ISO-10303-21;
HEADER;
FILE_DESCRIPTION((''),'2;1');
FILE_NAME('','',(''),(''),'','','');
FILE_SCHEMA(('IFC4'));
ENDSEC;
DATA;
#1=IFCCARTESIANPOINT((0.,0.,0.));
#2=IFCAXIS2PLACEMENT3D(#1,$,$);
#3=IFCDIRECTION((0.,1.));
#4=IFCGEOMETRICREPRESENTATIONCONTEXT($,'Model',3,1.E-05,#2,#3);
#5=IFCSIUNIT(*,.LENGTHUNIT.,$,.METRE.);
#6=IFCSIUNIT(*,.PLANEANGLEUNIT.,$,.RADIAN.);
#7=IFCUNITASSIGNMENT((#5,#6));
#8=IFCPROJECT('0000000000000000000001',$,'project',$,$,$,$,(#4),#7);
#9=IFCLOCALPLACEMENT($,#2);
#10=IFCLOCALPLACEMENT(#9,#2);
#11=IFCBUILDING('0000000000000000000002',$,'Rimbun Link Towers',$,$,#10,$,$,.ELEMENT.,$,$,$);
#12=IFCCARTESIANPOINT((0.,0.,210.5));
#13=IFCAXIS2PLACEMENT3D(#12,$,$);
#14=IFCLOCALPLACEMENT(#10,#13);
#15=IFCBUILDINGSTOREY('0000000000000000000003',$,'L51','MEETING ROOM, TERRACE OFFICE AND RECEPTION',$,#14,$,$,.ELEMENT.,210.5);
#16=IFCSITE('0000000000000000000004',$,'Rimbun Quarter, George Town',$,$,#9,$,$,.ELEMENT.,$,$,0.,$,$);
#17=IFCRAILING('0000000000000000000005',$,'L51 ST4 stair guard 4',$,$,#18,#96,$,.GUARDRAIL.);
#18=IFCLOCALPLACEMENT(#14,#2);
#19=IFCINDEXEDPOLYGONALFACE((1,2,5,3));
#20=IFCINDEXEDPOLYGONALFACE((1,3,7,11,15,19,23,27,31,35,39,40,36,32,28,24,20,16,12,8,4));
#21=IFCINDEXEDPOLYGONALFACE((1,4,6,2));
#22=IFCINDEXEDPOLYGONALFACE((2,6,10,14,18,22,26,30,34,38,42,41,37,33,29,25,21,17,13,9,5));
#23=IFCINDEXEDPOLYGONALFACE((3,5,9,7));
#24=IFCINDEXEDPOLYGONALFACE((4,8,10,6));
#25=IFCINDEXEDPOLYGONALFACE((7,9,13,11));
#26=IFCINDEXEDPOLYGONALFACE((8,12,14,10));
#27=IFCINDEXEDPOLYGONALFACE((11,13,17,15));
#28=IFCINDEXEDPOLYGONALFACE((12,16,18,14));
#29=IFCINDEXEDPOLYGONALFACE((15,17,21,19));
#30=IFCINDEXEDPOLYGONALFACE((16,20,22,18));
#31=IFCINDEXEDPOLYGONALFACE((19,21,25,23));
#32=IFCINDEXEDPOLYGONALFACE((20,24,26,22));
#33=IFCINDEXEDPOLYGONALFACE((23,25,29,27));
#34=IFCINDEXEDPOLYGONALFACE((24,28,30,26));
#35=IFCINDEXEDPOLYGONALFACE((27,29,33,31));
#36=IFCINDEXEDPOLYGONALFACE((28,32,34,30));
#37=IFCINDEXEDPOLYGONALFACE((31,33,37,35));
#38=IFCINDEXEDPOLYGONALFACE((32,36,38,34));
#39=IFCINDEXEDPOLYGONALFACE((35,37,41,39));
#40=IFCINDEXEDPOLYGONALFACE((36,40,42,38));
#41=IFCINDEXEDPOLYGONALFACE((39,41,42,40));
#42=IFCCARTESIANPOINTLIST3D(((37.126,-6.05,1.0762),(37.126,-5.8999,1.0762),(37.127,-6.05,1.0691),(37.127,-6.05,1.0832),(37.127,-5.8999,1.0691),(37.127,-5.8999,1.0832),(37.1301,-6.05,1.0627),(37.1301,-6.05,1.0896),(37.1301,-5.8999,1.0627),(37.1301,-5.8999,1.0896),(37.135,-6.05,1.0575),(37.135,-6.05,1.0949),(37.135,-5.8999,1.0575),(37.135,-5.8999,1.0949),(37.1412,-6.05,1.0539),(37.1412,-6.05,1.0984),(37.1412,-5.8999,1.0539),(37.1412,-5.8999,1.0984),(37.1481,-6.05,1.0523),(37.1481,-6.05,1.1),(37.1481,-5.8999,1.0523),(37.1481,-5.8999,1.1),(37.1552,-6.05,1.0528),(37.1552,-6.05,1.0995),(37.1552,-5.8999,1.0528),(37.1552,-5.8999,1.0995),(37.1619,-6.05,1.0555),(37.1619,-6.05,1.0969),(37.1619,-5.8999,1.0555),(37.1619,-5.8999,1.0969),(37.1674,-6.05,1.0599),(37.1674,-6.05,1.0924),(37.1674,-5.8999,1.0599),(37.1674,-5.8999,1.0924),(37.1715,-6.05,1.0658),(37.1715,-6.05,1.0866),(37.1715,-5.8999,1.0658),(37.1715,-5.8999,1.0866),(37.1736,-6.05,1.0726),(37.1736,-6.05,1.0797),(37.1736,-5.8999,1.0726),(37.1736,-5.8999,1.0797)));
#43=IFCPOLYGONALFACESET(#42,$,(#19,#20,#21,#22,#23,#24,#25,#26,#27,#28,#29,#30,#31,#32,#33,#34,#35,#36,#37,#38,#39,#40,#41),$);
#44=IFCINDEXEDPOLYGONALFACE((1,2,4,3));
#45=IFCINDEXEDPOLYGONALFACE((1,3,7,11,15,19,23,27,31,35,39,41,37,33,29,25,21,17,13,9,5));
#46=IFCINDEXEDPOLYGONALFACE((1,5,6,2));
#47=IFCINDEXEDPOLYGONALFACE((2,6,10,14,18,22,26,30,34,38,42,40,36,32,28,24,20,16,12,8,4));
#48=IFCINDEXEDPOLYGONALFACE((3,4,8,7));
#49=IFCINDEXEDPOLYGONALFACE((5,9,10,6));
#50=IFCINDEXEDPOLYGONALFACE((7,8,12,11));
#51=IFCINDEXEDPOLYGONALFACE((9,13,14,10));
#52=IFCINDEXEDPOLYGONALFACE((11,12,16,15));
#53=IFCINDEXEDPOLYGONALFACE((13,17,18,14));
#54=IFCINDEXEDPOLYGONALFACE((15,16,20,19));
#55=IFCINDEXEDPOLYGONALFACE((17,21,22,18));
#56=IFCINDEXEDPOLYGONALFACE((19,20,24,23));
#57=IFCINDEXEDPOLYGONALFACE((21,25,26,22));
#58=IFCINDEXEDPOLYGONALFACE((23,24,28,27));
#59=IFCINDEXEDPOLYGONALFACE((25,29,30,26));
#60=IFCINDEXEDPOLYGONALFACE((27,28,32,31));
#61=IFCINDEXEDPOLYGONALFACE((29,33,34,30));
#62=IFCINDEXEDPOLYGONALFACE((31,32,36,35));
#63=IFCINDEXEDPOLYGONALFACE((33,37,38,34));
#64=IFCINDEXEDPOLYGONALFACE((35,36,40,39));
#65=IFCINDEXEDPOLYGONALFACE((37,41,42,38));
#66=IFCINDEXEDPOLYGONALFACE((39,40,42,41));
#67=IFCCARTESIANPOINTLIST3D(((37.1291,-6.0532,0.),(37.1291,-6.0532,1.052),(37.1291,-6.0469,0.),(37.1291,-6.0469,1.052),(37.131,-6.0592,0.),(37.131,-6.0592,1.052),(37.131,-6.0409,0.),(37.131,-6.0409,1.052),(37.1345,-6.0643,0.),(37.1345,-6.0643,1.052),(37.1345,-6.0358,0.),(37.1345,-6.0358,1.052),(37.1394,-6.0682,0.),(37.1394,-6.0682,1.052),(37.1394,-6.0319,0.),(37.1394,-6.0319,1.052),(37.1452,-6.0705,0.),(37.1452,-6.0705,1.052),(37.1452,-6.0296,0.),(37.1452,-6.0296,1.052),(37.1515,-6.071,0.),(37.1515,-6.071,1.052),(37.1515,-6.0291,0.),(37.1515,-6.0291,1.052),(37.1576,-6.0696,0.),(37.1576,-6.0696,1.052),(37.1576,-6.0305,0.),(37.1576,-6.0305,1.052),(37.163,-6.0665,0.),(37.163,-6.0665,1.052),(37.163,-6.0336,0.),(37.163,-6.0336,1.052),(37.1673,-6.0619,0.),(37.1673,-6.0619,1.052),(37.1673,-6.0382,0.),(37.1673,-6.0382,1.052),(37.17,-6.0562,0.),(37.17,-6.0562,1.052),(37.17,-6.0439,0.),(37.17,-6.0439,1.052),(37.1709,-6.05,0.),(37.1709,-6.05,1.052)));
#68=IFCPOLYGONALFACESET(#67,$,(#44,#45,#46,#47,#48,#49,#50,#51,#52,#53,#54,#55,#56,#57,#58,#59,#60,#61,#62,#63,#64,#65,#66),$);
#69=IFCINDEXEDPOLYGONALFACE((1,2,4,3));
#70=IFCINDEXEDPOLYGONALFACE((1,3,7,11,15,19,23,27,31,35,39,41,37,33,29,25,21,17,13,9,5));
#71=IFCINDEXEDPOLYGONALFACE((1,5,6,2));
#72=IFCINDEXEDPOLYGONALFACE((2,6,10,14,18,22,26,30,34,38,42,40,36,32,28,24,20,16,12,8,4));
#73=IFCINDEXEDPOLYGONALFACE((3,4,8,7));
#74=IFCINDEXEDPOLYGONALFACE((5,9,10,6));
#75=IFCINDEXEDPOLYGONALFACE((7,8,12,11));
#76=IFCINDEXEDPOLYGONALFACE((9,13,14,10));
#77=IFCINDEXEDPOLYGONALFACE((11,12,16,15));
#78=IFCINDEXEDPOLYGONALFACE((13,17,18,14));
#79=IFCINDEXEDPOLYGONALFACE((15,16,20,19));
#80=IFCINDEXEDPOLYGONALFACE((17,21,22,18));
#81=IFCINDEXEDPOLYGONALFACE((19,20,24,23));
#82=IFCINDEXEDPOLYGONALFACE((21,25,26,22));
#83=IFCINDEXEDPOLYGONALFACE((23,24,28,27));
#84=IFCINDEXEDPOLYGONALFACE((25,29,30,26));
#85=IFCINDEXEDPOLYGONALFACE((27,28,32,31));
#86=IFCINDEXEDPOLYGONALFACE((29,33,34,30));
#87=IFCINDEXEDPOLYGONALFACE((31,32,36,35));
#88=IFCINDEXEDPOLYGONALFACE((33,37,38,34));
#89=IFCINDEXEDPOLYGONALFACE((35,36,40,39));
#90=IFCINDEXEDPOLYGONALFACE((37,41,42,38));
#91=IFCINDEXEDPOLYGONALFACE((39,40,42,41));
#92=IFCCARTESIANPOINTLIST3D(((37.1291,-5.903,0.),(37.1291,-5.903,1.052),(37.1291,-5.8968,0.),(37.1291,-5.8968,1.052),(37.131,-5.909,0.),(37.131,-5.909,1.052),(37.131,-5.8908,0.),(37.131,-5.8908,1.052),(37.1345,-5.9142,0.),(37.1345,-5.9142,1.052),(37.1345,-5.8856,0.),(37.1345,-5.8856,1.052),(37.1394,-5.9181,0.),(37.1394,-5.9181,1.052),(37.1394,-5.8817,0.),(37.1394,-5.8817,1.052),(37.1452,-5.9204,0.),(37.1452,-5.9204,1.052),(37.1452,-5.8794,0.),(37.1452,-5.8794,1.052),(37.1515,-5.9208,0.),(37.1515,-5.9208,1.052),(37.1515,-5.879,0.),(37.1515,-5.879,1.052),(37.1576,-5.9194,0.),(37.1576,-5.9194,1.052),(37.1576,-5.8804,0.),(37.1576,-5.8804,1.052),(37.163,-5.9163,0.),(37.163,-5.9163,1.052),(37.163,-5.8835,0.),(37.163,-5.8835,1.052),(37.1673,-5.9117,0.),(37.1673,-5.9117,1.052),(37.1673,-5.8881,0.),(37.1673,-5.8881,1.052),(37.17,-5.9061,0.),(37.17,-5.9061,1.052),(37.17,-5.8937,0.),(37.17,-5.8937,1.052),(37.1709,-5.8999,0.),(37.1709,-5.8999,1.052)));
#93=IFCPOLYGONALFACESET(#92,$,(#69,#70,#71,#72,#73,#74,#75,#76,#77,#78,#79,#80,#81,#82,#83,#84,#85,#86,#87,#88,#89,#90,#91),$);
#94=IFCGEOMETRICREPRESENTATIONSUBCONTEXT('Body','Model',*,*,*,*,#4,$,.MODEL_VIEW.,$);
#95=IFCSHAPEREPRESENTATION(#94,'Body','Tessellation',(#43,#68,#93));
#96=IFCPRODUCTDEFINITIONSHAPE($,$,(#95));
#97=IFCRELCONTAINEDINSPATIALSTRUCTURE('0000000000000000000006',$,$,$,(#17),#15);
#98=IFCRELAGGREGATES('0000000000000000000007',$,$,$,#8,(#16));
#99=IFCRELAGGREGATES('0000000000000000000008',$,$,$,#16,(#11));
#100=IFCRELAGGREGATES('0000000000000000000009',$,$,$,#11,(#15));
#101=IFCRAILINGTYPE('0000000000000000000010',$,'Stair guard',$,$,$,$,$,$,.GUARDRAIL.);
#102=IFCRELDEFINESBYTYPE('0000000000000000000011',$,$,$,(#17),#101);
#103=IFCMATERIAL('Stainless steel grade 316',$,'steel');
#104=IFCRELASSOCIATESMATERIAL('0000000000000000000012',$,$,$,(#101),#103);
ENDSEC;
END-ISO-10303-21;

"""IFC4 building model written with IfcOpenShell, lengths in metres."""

from ifc_helpers import new_model, si_unit, direction, frame, origin, origin_2d, place, context, subcontext, project, spatial, circle, extrude, material, type_object, element, save


model = new_model("IFC4")

# Units and contexts
model_context = context("Model", 3, precision=1e-05, world=origin(), true_north=direction((0.0, 1.0)))
body_context = subcontext(model_context, "Body", "Model", "MODEL_VIEW")
ifc_project = project(units=[si_unit("LENGTHUNIT", "METRE"), si_unit("PLANEANGLEUNIT", "RADIAN")], contexts=[model_context])

# Site, building, storey
site_placement = place(None, origin())
site = spatial("IfcSite", under=ifc_project, at=site_placement, Name="Rimbun Quarter, George Town", CompositionType="ELEMENT", RefElevation=0.0)
building_placement = place(site_placement, origin())
building = spatial("IfcBuilding", under=site, at=building_placement, Name="Rimbun Link Towers", CompositionType="ELEMENT")
storey_placement = place(building_placement, frame((0.0, 0.0, 210.5)))
storey = spatial("IfcBuildingStorey", under=building, at=storey_placement, Name="L51", Description="MEETING ROOM, TERRACE OFFICE AND RECEPTION", CompositionType="ELEMENT", Elevation=210.5)

# Railing
ifc_material_1 = material(Name="Stainless steel grade 316", Category="steel")
railing_type_1 = type_object("IfcRailingType", Name="Stair guard", PredefinedType="GUARDRAIL", material=ifc_material_1)
railing_1_placement = place(storey_placement, frame((37.1499, -6.05, 0.0)))
element("IfcRailing", 1, at=railing_1_placement, inside=storey, type_object=railing_type_1, Name="L51 ST4 stair guard 4", PredefinedType="GUARDRAIL", context=body_context, shape_type="SweptSolid", body=[
    extrude(circle(Radius=0.0239, at=origin_2d()), frame((0.0, 0.0, 1.0762), z_axis=(0.0, 1.0, 0.0), x_axis=(-1.0, 0.0, 0.0)), (0.0, 0.0, 1.0), 0.1501),
    extrude(circle(Radius=0.021, at=origin_2d()), origin(), (0.0, 0.0, 1.0), 1.052),
    extrude(circle(Radius=0.021, at=origin_2d()), frame((0.0, 0.1501, 0.0)), (0.0, 0.0, 1.0), 1.052),
])

save(model, "model.ifc")
